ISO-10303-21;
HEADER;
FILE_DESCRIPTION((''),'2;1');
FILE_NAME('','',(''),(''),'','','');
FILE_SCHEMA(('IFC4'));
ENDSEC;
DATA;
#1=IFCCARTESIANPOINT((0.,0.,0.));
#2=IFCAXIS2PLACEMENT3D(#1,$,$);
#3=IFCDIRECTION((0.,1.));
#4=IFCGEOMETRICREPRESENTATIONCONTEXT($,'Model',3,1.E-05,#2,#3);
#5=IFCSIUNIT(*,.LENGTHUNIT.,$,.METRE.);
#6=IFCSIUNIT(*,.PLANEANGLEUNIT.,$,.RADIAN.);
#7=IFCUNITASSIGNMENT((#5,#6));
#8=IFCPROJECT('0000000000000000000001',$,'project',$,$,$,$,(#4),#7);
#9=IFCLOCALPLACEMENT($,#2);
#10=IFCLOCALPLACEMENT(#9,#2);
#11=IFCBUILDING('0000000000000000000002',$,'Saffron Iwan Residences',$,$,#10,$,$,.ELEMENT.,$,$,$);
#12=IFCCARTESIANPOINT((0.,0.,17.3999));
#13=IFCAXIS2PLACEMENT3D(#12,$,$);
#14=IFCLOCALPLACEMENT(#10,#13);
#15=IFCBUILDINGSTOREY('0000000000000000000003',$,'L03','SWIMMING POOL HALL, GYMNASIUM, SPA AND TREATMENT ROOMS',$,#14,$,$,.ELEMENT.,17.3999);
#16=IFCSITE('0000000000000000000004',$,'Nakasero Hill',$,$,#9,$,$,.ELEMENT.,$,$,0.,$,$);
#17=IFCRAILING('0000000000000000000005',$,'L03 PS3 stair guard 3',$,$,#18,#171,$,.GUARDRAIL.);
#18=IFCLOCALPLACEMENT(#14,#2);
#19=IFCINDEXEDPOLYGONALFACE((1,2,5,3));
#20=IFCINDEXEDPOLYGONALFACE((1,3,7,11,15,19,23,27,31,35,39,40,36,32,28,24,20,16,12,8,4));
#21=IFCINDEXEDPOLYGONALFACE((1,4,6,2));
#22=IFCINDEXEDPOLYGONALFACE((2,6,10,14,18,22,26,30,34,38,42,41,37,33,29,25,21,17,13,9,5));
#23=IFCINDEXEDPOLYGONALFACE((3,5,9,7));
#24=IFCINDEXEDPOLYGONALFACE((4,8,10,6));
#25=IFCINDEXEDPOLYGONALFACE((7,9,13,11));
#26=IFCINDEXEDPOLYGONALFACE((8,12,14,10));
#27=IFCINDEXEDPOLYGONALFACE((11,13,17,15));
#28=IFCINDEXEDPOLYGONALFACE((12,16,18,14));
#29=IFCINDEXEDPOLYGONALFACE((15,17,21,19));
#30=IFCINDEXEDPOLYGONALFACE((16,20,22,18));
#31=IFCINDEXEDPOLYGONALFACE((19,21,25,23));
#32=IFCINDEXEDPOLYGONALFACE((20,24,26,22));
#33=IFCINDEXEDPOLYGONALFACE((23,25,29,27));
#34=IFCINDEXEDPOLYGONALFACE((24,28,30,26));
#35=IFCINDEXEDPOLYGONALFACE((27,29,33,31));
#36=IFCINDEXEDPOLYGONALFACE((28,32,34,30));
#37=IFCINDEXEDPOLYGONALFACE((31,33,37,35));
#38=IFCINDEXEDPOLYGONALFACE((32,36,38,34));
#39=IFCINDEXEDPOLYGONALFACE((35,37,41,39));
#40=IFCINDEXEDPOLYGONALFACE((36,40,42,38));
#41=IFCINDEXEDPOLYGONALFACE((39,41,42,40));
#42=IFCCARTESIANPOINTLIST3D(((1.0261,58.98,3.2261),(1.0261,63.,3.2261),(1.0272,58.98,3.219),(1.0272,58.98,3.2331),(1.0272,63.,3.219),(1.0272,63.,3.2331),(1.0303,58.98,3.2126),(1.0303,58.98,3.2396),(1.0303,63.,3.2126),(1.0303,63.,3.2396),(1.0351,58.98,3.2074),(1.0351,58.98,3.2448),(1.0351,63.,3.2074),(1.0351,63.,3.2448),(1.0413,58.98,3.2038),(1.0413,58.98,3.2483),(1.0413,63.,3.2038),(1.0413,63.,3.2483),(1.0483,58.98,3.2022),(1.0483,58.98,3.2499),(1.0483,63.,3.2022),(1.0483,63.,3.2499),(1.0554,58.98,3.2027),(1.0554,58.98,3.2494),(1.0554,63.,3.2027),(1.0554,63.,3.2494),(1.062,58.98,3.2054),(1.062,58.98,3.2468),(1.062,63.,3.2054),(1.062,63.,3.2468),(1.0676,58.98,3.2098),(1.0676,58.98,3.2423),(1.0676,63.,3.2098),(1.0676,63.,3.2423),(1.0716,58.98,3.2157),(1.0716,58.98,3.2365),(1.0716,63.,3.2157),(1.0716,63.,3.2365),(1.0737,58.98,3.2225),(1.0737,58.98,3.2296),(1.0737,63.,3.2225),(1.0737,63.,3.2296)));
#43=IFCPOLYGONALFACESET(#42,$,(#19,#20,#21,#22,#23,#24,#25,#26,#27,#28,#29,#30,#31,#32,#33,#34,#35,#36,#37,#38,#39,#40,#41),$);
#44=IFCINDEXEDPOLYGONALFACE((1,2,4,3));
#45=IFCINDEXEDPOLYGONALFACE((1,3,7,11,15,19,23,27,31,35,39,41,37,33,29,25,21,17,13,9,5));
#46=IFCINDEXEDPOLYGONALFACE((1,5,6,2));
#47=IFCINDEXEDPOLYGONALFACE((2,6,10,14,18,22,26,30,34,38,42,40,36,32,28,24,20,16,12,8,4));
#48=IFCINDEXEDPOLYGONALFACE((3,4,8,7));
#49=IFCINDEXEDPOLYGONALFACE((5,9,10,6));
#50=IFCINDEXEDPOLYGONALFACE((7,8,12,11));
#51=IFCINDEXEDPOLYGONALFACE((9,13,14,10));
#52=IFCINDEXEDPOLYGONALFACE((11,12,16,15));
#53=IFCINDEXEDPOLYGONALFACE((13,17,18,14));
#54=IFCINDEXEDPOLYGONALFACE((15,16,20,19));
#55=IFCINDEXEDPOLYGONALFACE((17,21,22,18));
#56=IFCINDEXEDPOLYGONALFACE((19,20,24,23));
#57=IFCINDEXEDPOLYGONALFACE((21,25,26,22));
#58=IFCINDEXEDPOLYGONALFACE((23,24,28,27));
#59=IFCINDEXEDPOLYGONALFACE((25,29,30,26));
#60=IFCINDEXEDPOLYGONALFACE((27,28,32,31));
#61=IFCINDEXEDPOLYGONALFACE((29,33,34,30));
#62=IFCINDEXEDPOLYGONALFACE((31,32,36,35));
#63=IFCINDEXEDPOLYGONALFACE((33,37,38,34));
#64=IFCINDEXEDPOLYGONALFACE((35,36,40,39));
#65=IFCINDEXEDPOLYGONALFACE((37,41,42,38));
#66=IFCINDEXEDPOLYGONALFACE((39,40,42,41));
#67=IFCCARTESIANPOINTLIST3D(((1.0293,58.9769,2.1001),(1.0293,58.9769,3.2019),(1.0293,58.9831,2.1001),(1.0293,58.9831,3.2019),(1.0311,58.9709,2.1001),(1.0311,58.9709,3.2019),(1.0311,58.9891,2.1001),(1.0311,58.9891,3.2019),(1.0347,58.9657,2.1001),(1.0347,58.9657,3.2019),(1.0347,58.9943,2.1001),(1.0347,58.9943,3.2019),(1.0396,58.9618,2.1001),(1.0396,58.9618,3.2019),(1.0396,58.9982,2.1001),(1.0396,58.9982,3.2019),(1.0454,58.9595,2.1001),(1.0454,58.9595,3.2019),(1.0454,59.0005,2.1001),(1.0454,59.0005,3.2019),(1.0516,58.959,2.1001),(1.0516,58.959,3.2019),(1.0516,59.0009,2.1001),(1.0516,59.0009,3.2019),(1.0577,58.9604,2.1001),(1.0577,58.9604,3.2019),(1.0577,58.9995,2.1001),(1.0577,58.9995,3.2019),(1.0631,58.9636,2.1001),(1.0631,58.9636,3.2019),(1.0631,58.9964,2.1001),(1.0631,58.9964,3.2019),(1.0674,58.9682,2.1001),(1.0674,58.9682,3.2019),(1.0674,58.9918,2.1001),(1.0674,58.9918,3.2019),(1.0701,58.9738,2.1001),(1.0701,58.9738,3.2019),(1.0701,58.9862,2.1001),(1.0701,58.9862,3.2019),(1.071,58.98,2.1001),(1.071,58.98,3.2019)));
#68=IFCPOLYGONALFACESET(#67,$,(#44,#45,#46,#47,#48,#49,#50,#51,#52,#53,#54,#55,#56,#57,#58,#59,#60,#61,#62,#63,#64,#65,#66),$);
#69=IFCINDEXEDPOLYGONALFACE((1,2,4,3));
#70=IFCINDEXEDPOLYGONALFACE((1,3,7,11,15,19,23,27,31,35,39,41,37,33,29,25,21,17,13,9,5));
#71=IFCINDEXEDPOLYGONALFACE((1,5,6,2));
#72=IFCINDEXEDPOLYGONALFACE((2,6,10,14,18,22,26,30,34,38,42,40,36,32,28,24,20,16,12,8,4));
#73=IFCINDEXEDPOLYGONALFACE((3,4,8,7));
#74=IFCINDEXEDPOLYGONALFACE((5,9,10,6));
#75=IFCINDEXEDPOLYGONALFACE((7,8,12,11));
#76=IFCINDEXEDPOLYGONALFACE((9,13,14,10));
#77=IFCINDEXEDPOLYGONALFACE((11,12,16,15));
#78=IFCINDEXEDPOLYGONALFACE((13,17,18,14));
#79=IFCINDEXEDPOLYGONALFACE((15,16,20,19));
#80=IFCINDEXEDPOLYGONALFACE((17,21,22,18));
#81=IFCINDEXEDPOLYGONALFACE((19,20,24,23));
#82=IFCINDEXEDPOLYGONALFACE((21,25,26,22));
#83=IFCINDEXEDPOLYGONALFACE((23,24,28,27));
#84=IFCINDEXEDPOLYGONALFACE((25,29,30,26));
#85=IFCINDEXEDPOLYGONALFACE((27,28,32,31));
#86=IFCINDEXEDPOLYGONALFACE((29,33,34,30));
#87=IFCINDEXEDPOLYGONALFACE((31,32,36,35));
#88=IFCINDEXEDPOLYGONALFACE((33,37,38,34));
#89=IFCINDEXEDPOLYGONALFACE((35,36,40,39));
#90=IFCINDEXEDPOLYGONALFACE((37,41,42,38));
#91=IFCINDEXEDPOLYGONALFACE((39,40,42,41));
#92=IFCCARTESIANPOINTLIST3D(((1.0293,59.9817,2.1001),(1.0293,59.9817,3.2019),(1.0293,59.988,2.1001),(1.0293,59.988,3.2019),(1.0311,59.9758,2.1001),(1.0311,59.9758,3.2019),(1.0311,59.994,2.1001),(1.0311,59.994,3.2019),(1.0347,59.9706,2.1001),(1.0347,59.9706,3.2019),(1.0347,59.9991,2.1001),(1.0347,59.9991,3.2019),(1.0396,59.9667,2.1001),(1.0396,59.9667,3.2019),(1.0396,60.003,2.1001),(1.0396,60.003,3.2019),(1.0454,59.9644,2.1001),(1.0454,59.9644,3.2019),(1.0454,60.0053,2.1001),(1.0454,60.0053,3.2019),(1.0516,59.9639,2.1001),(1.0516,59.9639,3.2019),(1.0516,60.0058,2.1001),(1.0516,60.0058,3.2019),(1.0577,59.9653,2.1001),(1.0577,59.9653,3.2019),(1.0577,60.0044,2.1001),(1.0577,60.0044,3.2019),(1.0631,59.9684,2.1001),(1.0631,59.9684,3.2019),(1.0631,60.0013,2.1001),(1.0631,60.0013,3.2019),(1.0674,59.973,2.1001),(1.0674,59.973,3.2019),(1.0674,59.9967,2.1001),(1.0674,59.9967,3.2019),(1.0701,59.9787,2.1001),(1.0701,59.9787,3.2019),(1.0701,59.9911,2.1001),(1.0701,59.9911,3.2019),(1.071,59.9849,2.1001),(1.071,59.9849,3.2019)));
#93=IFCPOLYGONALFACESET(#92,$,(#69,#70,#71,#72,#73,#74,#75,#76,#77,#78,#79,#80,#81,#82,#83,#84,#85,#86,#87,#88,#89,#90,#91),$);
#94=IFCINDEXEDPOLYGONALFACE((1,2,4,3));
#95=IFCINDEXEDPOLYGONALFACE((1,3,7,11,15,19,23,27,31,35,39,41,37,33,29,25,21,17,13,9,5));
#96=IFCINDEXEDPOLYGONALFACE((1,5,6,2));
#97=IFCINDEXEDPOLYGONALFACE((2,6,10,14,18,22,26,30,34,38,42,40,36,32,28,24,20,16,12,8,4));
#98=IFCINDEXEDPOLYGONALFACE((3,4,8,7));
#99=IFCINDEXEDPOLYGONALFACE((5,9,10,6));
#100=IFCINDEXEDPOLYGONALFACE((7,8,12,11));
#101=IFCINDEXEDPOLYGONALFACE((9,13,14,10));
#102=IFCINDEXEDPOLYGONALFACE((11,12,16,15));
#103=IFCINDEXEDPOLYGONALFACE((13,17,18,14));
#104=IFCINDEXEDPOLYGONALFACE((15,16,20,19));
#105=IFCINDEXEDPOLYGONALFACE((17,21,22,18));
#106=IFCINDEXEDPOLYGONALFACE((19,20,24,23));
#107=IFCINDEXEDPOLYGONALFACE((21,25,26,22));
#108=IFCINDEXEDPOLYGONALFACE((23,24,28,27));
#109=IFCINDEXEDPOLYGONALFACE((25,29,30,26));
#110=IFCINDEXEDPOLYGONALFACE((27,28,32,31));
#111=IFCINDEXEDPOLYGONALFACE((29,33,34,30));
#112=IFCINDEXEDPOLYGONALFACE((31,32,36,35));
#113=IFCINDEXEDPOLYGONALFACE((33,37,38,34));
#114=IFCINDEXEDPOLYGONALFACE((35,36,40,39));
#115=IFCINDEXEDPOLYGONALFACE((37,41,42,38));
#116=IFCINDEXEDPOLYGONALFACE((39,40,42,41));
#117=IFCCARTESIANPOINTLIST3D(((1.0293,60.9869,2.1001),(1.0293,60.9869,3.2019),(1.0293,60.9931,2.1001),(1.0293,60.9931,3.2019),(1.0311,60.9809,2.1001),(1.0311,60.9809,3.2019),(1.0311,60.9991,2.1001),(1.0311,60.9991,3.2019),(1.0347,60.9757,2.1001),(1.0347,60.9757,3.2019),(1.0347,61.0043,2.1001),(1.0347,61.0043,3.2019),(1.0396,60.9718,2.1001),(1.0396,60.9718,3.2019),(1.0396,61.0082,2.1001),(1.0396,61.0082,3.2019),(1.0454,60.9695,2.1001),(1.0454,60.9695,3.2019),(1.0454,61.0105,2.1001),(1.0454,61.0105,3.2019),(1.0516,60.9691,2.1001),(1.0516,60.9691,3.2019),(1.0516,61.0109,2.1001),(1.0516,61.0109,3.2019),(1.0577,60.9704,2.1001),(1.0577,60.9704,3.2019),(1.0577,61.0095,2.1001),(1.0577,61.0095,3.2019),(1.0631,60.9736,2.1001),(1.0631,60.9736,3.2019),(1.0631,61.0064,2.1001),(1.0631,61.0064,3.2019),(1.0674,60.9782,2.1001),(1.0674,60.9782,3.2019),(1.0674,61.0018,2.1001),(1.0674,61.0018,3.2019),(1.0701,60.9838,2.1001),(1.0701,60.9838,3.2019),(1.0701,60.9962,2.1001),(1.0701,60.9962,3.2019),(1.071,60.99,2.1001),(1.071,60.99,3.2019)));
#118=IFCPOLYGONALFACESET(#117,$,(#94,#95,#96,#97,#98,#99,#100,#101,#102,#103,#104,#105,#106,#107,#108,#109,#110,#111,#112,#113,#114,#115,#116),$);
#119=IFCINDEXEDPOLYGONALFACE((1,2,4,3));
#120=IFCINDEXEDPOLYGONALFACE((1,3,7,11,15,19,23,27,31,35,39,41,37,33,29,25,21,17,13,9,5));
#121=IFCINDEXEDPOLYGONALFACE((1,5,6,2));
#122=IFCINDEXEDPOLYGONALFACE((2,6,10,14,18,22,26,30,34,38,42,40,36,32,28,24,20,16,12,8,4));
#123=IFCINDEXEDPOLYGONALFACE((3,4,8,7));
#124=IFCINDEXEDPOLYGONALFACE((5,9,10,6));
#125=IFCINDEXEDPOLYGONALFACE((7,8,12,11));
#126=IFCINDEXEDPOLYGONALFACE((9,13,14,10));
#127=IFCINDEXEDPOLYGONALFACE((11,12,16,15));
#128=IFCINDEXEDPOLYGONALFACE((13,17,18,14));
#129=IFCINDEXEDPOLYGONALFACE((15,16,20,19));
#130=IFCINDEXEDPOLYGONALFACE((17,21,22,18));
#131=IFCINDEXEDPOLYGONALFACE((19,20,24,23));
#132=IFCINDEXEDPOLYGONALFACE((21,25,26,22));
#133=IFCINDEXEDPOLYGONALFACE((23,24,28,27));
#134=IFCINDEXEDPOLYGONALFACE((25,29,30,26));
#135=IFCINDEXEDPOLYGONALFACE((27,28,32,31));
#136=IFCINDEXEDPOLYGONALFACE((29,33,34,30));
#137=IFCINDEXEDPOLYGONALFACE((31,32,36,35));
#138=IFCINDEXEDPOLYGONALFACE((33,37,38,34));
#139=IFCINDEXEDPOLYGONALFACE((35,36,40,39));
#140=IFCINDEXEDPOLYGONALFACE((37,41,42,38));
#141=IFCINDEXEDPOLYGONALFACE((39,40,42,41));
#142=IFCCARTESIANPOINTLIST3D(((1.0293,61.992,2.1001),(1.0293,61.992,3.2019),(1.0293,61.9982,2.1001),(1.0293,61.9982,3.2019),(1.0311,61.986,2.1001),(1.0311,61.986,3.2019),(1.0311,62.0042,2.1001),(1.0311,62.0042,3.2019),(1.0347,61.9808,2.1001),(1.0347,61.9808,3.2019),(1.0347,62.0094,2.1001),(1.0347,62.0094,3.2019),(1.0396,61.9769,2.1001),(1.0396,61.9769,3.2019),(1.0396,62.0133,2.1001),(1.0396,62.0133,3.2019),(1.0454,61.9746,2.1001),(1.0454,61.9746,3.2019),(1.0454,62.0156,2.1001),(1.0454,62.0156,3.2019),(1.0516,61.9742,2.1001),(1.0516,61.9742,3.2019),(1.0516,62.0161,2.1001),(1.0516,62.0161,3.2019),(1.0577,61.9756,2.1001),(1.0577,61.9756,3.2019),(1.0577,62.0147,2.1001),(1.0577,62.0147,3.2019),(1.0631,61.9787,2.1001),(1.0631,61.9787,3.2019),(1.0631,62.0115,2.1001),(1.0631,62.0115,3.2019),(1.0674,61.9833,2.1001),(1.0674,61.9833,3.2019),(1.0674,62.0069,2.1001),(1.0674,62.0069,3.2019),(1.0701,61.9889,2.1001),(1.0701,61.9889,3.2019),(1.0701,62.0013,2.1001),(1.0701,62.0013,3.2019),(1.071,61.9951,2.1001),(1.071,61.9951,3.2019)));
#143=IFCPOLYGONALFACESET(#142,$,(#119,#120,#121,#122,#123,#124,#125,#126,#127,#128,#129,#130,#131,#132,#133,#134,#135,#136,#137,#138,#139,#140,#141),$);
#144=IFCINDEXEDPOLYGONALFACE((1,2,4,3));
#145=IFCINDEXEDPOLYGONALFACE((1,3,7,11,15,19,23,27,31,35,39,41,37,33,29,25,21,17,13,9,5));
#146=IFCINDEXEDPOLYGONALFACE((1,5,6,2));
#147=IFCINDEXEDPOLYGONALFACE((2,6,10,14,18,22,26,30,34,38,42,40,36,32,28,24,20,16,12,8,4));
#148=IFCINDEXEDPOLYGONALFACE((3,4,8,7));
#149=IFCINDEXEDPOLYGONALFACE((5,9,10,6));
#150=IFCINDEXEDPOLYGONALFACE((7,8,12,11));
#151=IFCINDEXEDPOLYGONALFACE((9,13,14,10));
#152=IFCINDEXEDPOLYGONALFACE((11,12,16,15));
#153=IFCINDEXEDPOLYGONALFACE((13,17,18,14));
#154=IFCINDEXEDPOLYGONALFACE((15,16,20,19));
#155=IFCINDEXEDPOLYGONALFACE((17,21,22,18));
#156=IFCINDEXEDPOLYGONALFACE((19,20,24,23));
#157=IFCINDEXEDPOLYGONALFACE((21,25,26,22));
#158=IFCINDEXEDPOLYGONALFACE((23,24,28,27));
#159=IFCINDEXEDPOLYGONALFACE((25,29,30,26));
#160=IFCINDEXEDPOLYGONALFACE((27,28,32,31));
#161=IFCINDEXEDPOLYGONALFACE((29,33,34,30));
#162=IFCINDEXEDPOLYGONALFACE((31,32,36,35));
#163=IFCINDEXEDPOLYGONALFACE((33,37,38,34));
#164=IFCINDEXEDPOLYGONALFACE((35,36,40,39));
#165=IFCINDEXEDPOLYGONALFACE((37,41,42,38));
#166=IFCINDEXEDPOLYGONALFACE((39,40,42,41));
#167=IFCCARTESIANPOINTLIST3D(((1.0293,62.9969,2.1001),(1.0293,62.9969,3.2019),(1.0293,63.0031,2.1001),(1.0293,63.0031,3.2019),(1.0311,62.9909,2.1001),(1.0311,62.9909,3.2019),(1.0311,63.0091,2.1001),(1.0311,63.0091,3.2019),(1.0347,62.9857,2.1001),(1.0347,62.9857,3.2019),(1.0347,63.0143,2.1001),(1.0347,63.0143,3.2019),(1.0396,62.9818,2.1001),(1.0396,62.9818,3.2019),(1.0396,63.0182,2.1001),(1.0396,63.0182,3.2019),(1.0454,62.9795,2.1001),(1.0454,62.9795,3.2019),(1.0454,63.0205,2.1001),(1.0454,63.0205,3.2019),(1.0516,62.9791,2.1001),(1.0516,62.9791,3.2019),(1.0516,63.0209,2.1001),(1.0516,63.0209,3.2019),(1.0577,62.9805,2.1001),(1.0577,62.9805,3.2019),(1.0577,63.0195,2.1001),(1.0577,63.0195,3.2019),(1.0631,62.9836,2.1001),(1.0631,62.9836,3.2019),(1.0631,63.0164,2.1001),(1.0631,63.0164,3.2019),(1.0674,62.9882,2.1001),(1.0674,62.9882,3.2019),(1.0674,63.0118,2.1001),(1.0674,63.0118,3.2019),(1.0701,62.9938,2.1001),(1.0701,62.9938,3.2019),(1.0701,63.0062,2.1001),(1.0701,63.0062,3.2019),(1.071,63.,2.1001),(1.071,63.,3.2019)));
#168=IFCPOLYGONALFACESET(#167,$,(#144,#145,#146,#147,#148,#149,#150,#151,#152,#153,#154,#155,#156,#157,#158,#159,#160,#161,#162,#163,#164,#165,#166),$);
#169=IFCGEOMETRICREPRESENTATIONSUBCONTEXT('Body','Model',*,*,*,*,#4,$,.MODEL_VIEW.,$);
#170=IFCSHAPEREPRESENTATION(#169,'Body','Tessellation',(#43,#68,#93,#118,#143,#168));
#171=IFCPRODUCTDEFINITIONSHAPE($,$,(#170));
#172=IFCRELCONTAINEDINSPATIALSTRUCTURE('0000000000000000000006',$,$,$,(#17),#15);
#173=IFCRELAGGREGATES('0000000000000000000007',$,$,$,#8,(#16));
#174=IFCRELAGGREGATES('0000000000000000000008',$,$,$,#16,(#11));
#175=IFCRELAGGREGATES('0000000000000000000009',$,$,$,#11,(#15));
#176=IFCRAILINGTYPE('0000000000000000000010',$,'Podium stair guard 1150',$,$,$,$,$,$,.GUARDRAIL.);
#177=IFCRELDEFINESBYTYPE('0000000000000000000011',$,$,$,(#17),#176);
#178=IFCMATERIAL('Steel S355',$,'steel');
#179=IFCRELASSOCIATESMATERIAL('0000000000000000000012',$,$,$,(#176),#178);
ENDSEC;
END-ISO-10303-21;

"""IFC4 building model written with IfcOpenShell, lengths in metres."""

from ifc_helpers import new_model, si_unit, direction, frame, origin, origin_2d, place, context, subcontext, project, spatial, circle, extrude, material, type_object, element, save


model = new_model("IFC4")

# Units and contexts
model_context = context("Model", 3, precision=1e-05, world=origin(), true_north=direction((0.0, 1.0)))
body_context = subcontext(model_context, "Body", "Model", "MODEL_VIEW")
ifc_project = project(units=[si_unit("LENGTHUNIT", "METRE"), si_unit("PLANEANGLEUNIT", "RADIAN")], contexts=[model_context])

# Site, building, storey
site_placement = place(None, origin())
site = spatial("IfcSite", under=ifc_project, at=site_placement, Name="Nakasero Hill", CompositionType="ELEMENT", RefElevation=0.0)
building_placement = place(site_placement, origin())
building = spatial("IfcBuilding", under=site, at=building_placement, Name="Saffron Iwan Residences", CompositionType="ELEMENT")
storey_placement = place(building_placement, frame((0.0, 0.0, 17.3999)))
storey = spatial("IfcBuildingStorey", under=building, at=storey_placement, Name="L03", Description="SWIMMING POOL HALL, GYMNASIUM, SPA AND TREATMENT ROOMS", CompositionType="ELEMENT", Elevation=17.3999)

# Railing
ifc_material_1 = material(Name="Steel S355", Category="steel")
railing_type_1 = type_object("IfcRailingType", Name="Podium stair guard 1150", PredefinedType="GUARDRAIL", material=ifc_material_1)
railing_1_placement = place(storey_placement, frame((1.05, 58.98, 2.1001)))
element("IfcRailing", 1, at=railing_1_placement, inside=storey, type_object=railing_type_1, Name="L03 PS3 stair guard 3", PredefinedType="GUARDRAIL", context=body_context, shape_type="SweptSolid", body=[
    extrude(circle(Radius=0.0239, at=origin_2d()), frame((0.0, 0.0, 1.126), z_axis=(0.0, 1.0, 0.0), x_axis=(-1.0, 0.0, 0.0)), (0.0, 0.0, 1.0), 4.02),
    extrude(circle(Radius=0.021, at=origin_2d()), origin(), (0.0, 0.0, 1.0), 1.1018),
    extrude(circle(Radius=0.021, at=origin_2d()), frame((0.0, 1.0049, 0.0)), (0.0, 0.0, 1.0), 1.1018),
    extrude(circle(Radius=0.021, at=origin_2d()), frame((0.0, 2.01, 0.0)), (0.0, 0.0, 1.0), 1.1018),
    extrude(circle(Radius=0.021, at=origin_2d()), frame((0.0, 3.0151, 0.0)), (0.0, 0.0, 1.0), 1.1018),
    extrude(circle(Radius=0.021, at=origin_2d()), frame((0.0, 4.02, 0.0)), (0.0, 0.0, 1.0), 1.1018),
])

save(model, "model.ifc")
